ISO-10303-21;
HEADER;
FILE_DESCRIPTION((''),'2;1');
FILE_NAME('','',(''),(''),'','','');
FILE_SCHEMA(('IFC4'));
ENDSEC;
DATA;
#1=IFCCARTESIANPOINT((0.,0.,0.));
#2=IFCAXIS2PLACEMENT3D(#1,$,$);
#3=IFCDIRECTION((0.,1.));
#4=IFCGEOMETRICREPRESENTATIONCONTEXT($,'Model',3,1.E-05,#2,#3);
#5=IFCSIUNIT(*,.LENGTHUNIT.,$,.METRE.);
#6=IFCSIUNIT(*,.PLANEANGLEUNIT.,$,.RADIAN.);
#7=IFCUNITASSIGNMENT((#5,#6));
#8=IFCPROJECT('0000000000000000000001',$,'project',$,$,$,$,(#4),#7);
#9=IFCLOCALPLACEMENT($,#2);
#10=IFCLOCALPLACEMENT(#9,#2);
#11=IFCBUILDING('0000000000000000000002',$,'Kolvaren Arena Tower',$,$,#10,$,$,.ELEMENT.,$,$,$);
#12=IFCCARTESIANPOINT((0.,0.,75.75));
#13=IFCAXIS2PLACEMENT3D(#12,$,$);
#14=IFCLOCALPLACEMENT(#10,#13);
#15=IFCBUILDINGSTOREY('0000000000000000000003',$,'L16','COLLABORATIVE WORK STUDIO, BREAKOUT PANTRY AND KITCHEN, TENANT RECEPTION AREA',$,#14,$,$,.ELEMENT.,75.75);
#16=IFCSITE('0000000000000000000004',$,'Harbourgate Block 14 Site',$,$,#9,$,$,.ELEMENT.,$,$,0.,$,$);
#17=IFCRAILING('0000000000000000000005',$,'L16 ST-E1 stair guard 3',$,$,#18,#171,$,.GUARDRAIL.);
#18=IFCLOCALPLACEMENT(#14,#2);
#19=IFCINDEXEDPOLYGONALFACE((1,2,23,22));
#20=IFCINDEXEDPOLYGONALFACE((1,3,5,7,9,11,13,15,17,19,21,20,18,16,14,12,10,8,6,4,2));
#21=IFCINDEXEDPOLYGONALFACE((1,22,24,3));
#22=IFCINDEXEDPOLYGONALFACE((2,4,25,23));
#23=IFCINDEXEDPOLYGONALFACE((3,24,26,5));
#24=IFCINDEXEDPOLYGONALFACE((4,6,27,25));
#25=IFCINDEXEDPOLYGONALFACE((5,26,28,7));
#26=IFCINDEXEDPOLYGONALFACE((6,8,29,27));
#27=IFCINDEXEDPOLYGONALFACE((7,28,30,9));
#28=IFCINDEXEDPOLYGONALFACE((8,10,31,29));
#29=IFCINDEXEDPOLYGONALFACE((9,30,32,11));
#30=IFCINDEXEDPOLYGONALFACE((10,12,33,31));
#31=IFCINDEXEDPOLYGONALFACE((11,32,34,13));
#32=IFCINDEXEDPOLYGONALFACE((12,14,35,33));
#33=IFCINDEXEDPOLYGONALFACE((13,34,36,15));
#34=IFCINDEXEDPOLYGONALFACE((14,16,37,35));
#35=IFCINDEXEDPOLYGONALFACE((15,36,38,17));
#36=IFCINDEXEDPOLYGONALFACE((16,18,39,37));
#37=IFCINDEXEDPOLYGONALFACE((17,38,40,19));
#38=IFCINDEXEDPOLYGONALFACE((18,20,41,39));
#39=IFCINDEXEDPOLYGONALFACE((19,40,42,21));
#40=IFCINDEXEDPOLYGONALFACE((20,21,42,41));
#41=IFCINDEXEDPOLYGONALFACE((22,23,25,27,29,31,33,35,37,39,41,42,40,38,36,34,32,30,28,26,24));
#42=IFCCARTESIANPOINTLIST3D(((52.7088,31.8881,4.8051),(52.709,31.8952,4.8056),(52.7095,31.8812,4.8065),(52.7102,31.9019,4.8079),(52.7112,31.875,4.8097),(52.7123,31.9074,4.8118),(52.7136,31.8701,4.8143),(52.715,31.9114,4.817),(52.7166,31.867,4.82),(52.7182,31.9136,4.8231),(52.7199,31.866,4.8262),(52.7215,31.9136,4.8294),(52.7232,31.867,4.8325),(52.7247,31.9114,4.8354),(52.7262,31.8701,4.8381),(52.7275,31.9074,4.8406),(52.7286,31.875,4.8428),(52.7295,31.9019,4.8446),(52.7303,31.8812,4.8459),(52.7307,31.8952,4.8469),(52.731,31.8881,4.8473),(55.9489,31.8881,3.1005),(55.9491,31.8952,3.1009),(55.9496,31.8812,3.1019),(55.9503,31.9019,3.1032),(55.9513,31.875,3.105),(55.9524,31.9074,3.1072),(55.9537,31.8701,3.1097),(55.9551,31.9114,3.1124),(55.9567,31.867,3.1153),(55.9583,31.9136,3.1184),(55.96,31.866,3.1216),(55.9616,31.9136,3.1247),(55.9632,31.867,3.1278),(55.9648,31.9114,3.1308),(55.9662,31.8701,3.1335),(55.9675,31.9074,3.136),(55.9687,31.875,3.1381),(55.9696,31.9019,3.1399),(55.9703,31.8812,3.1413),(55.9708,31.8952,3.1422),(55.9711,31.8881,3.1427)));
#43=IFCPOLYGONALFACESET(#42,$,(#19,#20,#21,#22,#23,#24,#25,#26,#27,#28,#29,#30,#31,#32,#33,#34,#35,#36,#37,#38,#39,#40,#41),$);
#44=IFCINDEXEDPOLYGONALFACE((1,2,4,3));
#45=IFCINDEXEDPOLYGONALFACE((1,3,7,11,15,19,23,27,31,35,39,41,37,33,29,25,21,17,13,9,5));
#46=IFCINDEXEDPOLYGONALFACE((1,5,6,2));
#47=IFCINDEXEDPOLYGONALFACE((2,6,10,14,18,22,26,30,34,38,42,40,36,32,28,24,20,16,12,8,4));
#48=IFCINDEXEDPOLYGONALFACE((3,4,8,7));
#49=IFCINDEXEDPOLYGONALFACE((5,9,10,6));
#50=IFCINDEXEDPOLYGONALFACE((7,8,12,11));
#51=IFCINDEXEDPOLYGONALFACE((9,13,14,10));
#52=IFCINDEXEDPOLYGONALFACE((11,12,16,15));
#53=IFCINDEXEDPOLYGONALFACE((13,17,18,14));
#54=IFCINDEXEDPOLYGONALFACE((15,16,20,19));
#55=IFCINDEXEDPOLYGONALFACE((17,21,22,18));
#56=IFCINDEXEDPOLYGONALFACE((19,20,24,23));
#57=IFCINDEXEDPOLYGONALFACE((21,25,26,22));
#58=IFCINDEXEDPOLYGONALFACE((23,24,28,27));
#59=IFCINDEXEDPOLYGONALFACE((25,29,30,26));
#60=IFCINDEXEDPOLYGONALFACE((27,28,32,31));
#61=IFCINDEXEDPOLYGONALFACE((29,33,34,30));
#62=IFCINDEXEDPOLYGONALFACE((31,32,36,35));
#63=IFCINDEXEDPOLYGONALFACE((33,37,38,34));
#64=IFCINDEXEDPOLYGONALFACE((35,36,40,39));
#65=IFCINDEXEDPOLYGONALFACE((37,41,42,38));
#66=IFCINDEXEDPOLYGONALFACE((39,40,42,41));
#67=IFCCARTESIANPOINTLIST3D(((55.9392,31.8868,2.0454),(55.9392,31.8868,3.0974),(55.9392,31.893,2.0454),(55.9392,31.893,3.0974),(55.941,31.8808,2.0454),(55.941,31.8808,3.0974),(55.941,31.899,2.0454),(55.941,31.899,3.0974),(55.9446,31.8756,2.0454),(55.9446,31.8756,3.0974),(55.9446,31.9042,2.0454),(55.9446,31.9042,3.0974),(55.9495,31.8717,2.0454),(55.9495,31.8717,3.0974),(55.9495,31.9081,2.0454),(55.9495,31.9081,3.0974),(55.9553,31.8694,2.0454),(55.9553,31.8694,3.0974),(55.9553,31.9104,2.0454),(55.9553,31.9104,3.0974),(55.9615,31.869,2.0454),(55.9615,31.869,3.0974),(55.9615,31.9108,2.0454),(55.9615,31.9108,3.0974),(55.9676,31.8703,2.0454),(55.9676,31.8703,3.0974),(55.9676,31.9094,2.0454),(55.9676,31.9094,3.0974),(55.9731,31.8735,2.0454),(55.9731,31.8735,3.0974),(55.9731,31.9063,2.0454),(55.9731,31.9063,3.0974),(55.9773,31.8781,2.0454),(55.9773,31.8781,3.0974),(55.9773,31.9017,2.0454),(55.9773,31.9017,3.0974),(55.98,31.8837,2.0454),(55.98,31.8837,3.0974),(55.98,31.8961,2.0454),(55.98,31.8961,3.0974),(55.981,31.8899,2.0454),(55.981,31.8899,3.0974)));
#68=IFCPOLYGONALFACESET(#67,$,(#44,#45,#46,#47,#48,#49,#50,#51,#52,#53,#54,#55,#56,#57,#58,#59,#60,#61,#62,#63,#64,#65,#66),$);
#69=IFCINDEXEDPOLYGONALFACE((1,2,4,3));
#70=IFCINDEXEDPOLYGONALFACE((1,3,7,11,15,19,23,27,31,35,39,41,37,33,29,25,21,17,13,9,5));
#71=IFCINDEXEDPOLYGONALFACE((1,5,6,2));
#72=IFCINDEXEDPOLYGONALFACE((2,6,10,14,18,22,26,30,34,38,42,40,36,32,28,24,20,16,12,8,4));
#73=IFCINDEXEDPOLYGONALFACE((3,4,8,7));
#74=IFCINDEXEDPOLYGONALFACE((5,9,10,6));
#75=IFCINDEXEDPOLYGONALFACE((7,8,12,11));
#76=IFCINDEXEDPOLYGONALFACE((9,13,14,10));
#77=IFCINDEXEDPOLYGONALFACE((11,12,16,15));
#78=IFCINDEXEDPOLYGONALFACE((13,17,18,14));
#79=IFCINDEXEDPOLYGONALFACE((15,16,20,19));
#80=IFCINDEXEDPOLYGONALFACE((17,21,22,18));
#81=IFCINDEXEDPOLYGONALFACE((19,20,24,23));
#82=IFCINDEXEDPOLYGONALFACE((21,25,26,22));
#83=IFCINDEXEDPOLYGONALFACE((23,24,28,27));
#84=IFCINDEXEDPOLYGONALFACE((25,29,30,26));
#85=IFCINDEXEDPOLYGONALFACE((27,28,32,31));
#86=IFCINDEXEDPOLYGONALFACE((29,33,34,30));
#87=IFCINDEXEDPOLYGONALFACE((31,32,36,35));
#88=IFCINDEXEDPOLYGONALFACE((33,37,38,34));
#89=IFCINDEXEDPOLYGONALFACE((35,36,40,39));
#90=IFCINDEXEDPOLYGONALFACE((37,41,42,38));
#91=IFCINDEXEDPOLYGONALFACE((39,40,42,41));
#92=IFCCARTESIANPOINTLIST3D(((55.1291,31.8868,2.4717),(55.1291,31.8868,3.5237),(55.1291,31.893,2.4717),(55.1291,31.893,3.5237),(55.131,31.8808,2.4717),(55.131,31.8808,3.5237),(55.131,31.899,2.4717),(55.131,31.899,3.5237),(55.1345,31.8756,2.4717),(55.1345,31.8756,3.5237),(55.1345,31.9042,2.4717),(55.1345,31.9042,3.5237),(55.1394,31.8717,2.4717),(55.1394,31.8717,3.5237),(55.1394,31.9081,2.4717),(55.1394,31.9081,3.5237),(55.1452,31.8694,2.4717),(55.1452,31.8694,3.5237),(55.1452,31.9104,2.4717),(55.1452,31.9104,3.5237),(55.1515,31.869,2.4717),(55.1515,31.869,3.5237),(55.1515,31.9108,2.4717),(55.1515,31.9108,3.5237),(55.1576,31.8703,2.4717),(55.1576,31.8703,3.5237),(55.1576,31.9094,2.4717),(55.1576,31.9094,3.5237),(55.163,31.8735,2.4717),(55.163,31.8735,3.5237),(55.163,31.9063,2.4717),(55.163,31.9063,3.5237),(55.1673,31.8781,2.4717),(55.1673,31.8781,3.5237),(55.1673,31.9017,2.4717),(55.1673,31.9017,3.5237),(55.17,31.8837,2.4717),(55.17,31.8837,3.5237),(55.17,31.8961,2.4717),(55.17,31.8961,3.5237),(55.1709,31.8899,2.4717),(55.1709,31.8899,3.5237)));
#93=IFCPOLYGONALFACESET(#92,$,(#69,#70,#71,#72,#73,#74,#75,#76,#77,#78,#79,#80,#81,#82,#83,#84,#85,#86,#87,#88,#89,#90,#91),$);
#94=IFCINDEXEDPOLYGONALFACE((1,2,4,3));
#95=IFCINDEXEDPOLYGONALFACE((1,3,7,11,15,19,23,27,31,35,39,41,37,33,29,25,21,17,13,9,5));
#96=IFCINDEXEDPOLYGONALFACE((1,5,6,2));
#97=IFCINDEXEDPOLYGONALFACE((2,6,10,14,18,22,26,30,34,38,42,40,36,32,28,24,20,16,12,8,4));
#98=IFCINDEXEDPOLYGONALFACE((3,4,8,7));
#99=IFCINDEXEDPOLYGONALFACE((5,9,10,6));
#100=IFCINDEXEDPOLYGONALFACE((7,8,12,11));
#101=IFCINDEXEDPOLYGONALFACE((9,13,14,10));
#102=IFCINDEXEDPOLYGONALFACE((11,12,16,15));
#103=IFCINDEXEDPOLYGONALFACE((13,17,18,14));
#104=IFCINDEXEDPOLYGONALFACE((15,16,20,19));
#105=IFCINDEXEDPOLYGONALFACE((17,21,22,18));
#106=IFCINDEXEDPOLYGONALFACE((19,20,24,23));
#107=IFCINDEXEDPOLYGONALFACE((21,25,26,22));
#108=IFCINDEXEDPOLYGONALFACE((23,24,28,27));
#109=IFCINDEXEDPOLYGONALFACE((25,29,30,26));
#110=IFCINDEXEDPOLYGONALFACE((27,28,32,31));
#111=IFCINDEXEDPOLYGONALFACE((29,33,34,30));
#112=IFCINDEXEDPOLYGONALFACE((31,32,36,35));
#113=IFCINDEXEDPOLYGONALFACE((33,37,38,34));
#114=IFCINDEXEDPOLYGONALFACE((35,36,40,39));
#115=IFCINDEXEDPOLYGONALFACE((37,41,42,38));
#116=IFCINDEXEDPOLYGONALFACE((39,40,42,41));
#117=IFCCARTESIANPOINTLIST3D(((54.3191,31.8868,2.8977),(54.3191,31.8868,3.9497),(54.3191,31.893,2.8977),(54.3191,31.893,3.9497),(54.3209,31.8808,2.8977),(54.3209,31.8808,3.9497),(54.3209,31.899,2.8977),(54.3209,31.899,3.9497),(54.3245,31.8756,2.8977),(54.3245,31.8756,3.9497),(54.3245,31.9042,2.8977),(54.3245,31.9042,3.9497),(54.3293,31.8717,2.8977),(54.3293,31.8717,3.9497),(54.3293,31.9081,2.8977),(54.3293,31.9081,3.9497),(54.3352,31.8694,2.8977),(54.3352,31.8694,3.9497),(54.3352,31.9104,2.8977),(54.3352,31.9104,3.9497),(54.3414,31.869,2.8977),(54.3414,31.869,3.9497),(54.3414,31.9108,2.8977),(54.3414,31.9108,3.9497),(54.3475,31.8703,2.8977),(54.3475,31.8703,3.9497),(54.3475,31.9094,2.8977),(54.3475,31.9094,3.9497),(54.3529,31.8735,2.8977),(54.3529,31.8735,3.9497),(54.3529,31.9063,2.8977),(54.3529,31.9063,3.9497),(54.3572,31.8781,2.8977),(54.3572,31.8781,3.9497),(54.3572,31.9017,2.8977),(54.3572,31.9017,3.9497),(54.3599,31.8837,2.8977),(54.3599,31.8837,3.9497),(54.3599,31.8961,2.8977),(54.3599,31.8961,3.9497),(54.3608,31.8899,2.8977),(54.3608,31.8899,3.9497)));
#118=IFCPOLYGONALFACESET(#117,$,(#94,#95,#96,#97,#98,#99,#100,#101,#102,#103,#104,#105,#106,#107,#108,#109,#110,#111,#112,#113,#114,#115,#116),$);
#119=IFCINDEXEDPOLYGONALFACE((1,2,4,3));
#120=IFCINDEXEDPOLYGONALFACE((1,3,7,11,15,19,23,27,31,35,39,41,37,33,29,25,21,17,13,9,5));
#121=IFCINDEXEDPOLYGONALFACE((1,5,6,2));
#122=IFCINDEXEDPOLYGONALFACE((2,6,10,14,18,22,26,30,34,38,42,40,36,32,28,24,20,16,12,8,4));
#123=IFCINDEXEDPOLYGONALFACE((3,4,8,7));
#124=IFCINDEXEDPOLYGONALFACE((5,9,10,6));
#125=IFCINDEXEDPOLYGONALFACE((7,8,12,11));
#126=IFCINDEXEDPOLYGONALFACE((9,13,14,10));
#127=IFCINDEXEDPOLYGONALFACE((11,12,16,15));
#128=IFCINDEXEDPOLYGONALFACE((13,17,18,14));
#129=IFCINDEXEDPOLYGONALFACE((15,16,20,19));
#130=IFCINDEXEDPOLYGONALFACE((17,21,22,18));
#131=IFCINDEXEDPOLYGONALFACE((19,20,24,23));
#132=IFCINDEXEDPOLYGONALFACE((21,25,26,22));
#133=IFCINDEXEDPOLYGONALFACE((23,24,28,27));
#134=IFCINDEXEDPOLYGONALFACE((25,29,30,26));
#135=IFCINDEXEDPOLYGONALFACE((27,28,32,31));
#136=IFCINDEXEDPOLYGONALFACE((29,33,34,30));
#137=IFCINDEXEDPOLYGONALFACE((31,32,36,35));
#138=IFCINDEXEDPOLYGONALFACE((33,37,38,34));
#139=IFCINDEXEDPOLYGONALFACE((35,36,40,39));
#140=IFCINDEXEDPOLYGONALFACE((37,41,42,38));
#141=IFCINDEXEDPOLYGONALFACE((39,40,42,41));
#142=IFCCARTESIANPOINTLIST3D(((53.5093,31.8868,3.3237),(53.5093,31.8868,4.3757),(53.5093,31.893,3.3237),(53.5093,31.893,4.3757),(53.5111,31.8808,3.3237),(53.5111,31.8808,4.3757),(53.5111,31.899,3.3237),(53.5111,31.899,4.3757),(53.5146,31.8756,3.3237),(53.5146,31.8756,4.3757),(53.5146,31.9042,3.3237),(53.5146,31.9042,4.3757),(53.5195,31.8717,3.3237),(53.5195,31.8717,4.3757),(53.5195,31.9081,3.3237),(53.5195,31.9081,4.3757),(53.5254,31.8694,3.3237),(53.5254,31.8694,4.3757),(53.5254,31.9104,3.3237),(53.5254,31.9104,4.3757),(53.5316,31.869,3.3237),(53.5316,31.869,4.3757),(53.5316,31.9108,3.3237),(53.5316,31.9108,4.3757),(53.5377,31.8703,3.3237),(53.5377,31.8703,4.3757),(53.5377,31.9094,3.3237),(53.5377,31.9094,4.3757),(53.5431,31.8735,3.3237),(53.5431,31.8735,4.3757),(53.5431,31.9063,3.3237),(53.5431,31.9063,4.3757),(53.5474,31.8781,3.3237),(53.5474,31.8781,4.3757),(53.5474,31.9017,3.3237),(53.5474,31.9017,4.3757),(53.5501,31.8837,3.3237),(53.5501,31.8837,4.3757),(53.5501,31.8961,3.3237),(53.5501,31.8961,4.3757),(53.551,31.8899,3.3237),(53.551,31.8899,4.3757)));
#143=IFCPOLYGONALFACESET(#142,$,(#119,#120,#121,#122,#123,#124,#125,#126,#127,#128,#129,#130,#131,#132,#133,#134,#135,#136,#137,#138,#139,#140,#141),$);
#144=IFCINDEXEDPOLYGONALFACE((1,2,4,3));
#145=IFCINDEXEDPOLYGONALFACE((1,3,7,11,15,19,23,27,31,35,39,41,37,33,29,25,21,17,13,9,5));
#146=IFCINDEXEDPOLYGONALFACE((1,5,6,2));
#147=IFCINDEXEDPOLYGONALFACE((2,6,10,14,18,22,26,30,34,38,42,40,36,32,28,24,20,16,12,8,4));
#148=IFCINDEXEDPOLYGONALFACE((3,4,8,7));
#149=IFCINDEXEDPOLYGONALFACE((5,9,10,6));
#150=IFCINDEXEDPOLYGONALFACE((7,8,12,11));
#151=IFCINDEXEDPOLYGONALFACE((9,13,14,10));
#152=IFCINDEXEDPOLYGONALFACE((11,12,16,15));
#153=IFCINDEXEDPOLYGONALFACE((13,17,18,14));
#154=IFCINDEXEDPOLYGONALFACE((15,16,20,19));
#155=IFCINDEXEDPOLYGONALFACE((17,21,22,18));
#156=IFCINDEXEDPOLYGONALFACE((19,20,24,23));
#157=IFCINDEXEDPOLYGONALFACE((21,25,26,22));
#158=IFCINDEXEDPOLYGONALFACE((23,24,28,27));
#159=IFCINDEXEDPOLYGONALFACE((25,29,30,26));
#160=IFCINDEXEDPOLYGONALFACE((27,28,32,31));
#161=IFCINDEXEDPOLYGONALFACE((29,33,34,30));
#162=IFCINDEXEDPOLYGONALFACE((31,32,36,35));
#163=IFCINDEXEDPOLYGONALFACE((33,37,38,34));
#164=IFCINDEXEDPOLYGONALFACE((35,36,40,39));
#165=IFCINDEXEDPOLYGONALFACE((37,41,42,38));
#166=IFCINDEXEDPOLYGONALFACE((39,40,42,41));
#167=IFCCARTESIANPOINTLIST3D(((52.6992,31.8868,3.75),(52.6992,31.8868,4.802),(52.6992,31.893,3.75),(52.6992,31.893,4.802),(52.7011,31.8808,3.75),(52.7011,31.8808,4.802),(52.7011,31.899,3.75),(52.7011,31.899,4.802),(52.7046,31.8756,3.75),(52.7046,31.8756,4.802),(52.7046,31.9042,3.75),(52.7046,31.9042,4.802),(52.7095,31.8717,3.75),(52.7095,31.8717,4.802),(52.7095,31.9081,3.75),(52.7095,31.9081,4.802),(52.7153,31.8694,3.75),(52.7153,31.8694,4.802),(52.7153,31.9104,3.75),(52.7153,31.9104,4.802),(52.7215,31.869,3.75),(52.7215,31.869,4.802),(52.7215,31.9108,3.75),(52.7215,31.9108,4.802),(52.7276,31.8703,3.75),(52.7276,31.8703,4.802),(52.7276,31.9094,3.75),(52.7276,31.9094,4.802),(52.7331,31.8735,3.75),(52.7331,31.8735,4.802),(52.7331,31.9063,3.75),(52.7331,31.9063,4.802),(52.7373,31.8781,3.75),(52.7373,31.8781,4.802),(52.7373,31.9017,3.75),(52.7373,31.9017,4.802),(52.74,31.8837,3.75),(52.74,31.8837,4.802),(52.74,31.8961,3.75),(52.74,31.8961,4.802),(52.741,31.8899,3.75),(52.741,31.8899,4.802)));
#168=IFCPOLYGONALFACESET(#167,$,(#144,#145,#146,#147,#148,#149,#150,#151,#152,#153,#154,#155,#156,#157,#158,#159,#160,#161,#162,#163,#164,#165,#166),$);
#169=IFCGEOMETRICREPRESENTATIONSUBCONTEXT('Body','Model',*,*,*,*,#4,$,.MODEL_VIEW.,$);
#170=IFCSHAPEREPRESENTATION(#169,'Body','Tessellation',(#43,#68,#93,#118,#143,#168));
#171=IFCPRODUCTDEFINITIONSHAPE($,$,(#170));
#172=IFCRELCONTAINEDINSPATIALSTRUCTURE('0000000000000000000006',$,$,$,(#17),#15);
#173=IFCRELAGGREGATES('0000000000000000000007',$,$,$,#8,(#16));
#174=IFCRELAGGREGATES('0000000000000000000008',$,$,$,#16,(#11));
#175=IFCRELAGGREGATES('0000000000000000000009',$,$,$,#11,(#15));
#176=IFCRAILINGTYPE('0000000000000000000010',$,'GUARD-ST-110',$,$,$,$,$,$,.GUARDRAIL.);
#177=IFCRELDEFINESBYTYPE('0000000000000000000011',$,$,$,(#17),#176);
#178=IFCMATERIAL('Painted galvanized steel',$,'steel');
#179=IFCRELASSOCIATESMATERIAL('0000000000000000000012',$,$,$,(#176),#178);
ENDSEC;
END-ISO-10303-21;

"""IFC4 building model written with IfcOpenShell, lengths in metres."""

from ifc_helpers import new_model, si_unit, direction, frame, origin, origin_2d, place, context, subcontext, project, spatial, circle, extrude, material, type_object, element, save


model = new_model("IFC4")

# Units and contexts
model_context = context("Model", 3, precision=1e-05, world=origin(), true_north=direction((0.0, 1.0)))
body_context = subcontext(model_context, "Body", "Model", "MODEL_VIEW")
ifc_project = project(units=[si_unit("LENGTHUNIT", "METRE"), si_unit("PLANEANGLEUNIT", "RADIAN")], contexts=[model_context])

# Site, building, storey
site_placement = place(None, origin())
site = spatial("IfcSite", under=ifc_project, at=site_placement, Name="Harbourgate Block 14 Site", CompositionType="ELEMENT", RefElevation=0.0)
building_placement = place(site_placement, origin())
building = spatial("IfcBuilding", under=site, at=building_placement, Name="Kolvaren Arena Tower", CompositionType="ELEMENT")
storey_placement = place(building_placement, frame((0.0, 0.0, 75.75)))
storey = spatial("IfcBuildingStorey", under=building, at=storey_placement, Name="L16", Description="COLLABORATIVE WORK STUDIO, BREAKOUT PANTRY AND KITCHEN, TENANT RECEPTION AREA", CompositionType="ELEMENT", Elevation=75.75)

# Railing
ifc_material_1 = material(Name="Painted galvanized steel", Category="steel")
railing_type_1 = type_object("IfcRailingType", Name="GUARD-ST-110", PredefinedType="GUARDRAIL", material=ifc_material_1)
railing_1_placement = place(storey_placement, frame((55.96, 31.8899, 2.0454)))
element("IfcRailing", 1, at=railing_1_placement, inside=storey, type_object=railing_type_1, Name="L16 ST-E1 stair guard 3", PredefinedType="GUARDRAIL", context=body_context, shape_type="SweptSolid", body=[
    extrude(circle(Radius=0.0239, at=origin_2d()), frame((0.0, 0.0, 1.0762), z_axis=(-0.884993, 0.0, 0.465604), x_axis=(0.0, -1.0, 0.0)), (0.0, 0.0, 1.0), 3.6611),
    extrude(circle(Radius=0.021, at=origin_2d()), origin(), (0.0, 0.0, 1.0), 1.052),
    extrude(circle(Radius=0.021, at=origin_2d()), frame((-0.8101, 0.0, 0.4263)), (0.0, 0.0, 1.0), 1.052),
    extrude(circle(Radius=0.021, at=origin_2d()), frame((-1.6201, 0.0, 0.8523)), (0.0, 0.0, 1.0), 1.052),
    extrude(circle(Radius=0.021, at=origin_2d()), frame((-2.4299, 0.0, 1.2783)), (0.0, 0.0, 1.0), 1.052),
    extrude(circle(Radius=0.021, at=origin_2d()), frame((-3.24, 0.0, 1.7046)), (0.0, 0.0, 1.0), 1.052),
])

save(model, "model.ifc")
